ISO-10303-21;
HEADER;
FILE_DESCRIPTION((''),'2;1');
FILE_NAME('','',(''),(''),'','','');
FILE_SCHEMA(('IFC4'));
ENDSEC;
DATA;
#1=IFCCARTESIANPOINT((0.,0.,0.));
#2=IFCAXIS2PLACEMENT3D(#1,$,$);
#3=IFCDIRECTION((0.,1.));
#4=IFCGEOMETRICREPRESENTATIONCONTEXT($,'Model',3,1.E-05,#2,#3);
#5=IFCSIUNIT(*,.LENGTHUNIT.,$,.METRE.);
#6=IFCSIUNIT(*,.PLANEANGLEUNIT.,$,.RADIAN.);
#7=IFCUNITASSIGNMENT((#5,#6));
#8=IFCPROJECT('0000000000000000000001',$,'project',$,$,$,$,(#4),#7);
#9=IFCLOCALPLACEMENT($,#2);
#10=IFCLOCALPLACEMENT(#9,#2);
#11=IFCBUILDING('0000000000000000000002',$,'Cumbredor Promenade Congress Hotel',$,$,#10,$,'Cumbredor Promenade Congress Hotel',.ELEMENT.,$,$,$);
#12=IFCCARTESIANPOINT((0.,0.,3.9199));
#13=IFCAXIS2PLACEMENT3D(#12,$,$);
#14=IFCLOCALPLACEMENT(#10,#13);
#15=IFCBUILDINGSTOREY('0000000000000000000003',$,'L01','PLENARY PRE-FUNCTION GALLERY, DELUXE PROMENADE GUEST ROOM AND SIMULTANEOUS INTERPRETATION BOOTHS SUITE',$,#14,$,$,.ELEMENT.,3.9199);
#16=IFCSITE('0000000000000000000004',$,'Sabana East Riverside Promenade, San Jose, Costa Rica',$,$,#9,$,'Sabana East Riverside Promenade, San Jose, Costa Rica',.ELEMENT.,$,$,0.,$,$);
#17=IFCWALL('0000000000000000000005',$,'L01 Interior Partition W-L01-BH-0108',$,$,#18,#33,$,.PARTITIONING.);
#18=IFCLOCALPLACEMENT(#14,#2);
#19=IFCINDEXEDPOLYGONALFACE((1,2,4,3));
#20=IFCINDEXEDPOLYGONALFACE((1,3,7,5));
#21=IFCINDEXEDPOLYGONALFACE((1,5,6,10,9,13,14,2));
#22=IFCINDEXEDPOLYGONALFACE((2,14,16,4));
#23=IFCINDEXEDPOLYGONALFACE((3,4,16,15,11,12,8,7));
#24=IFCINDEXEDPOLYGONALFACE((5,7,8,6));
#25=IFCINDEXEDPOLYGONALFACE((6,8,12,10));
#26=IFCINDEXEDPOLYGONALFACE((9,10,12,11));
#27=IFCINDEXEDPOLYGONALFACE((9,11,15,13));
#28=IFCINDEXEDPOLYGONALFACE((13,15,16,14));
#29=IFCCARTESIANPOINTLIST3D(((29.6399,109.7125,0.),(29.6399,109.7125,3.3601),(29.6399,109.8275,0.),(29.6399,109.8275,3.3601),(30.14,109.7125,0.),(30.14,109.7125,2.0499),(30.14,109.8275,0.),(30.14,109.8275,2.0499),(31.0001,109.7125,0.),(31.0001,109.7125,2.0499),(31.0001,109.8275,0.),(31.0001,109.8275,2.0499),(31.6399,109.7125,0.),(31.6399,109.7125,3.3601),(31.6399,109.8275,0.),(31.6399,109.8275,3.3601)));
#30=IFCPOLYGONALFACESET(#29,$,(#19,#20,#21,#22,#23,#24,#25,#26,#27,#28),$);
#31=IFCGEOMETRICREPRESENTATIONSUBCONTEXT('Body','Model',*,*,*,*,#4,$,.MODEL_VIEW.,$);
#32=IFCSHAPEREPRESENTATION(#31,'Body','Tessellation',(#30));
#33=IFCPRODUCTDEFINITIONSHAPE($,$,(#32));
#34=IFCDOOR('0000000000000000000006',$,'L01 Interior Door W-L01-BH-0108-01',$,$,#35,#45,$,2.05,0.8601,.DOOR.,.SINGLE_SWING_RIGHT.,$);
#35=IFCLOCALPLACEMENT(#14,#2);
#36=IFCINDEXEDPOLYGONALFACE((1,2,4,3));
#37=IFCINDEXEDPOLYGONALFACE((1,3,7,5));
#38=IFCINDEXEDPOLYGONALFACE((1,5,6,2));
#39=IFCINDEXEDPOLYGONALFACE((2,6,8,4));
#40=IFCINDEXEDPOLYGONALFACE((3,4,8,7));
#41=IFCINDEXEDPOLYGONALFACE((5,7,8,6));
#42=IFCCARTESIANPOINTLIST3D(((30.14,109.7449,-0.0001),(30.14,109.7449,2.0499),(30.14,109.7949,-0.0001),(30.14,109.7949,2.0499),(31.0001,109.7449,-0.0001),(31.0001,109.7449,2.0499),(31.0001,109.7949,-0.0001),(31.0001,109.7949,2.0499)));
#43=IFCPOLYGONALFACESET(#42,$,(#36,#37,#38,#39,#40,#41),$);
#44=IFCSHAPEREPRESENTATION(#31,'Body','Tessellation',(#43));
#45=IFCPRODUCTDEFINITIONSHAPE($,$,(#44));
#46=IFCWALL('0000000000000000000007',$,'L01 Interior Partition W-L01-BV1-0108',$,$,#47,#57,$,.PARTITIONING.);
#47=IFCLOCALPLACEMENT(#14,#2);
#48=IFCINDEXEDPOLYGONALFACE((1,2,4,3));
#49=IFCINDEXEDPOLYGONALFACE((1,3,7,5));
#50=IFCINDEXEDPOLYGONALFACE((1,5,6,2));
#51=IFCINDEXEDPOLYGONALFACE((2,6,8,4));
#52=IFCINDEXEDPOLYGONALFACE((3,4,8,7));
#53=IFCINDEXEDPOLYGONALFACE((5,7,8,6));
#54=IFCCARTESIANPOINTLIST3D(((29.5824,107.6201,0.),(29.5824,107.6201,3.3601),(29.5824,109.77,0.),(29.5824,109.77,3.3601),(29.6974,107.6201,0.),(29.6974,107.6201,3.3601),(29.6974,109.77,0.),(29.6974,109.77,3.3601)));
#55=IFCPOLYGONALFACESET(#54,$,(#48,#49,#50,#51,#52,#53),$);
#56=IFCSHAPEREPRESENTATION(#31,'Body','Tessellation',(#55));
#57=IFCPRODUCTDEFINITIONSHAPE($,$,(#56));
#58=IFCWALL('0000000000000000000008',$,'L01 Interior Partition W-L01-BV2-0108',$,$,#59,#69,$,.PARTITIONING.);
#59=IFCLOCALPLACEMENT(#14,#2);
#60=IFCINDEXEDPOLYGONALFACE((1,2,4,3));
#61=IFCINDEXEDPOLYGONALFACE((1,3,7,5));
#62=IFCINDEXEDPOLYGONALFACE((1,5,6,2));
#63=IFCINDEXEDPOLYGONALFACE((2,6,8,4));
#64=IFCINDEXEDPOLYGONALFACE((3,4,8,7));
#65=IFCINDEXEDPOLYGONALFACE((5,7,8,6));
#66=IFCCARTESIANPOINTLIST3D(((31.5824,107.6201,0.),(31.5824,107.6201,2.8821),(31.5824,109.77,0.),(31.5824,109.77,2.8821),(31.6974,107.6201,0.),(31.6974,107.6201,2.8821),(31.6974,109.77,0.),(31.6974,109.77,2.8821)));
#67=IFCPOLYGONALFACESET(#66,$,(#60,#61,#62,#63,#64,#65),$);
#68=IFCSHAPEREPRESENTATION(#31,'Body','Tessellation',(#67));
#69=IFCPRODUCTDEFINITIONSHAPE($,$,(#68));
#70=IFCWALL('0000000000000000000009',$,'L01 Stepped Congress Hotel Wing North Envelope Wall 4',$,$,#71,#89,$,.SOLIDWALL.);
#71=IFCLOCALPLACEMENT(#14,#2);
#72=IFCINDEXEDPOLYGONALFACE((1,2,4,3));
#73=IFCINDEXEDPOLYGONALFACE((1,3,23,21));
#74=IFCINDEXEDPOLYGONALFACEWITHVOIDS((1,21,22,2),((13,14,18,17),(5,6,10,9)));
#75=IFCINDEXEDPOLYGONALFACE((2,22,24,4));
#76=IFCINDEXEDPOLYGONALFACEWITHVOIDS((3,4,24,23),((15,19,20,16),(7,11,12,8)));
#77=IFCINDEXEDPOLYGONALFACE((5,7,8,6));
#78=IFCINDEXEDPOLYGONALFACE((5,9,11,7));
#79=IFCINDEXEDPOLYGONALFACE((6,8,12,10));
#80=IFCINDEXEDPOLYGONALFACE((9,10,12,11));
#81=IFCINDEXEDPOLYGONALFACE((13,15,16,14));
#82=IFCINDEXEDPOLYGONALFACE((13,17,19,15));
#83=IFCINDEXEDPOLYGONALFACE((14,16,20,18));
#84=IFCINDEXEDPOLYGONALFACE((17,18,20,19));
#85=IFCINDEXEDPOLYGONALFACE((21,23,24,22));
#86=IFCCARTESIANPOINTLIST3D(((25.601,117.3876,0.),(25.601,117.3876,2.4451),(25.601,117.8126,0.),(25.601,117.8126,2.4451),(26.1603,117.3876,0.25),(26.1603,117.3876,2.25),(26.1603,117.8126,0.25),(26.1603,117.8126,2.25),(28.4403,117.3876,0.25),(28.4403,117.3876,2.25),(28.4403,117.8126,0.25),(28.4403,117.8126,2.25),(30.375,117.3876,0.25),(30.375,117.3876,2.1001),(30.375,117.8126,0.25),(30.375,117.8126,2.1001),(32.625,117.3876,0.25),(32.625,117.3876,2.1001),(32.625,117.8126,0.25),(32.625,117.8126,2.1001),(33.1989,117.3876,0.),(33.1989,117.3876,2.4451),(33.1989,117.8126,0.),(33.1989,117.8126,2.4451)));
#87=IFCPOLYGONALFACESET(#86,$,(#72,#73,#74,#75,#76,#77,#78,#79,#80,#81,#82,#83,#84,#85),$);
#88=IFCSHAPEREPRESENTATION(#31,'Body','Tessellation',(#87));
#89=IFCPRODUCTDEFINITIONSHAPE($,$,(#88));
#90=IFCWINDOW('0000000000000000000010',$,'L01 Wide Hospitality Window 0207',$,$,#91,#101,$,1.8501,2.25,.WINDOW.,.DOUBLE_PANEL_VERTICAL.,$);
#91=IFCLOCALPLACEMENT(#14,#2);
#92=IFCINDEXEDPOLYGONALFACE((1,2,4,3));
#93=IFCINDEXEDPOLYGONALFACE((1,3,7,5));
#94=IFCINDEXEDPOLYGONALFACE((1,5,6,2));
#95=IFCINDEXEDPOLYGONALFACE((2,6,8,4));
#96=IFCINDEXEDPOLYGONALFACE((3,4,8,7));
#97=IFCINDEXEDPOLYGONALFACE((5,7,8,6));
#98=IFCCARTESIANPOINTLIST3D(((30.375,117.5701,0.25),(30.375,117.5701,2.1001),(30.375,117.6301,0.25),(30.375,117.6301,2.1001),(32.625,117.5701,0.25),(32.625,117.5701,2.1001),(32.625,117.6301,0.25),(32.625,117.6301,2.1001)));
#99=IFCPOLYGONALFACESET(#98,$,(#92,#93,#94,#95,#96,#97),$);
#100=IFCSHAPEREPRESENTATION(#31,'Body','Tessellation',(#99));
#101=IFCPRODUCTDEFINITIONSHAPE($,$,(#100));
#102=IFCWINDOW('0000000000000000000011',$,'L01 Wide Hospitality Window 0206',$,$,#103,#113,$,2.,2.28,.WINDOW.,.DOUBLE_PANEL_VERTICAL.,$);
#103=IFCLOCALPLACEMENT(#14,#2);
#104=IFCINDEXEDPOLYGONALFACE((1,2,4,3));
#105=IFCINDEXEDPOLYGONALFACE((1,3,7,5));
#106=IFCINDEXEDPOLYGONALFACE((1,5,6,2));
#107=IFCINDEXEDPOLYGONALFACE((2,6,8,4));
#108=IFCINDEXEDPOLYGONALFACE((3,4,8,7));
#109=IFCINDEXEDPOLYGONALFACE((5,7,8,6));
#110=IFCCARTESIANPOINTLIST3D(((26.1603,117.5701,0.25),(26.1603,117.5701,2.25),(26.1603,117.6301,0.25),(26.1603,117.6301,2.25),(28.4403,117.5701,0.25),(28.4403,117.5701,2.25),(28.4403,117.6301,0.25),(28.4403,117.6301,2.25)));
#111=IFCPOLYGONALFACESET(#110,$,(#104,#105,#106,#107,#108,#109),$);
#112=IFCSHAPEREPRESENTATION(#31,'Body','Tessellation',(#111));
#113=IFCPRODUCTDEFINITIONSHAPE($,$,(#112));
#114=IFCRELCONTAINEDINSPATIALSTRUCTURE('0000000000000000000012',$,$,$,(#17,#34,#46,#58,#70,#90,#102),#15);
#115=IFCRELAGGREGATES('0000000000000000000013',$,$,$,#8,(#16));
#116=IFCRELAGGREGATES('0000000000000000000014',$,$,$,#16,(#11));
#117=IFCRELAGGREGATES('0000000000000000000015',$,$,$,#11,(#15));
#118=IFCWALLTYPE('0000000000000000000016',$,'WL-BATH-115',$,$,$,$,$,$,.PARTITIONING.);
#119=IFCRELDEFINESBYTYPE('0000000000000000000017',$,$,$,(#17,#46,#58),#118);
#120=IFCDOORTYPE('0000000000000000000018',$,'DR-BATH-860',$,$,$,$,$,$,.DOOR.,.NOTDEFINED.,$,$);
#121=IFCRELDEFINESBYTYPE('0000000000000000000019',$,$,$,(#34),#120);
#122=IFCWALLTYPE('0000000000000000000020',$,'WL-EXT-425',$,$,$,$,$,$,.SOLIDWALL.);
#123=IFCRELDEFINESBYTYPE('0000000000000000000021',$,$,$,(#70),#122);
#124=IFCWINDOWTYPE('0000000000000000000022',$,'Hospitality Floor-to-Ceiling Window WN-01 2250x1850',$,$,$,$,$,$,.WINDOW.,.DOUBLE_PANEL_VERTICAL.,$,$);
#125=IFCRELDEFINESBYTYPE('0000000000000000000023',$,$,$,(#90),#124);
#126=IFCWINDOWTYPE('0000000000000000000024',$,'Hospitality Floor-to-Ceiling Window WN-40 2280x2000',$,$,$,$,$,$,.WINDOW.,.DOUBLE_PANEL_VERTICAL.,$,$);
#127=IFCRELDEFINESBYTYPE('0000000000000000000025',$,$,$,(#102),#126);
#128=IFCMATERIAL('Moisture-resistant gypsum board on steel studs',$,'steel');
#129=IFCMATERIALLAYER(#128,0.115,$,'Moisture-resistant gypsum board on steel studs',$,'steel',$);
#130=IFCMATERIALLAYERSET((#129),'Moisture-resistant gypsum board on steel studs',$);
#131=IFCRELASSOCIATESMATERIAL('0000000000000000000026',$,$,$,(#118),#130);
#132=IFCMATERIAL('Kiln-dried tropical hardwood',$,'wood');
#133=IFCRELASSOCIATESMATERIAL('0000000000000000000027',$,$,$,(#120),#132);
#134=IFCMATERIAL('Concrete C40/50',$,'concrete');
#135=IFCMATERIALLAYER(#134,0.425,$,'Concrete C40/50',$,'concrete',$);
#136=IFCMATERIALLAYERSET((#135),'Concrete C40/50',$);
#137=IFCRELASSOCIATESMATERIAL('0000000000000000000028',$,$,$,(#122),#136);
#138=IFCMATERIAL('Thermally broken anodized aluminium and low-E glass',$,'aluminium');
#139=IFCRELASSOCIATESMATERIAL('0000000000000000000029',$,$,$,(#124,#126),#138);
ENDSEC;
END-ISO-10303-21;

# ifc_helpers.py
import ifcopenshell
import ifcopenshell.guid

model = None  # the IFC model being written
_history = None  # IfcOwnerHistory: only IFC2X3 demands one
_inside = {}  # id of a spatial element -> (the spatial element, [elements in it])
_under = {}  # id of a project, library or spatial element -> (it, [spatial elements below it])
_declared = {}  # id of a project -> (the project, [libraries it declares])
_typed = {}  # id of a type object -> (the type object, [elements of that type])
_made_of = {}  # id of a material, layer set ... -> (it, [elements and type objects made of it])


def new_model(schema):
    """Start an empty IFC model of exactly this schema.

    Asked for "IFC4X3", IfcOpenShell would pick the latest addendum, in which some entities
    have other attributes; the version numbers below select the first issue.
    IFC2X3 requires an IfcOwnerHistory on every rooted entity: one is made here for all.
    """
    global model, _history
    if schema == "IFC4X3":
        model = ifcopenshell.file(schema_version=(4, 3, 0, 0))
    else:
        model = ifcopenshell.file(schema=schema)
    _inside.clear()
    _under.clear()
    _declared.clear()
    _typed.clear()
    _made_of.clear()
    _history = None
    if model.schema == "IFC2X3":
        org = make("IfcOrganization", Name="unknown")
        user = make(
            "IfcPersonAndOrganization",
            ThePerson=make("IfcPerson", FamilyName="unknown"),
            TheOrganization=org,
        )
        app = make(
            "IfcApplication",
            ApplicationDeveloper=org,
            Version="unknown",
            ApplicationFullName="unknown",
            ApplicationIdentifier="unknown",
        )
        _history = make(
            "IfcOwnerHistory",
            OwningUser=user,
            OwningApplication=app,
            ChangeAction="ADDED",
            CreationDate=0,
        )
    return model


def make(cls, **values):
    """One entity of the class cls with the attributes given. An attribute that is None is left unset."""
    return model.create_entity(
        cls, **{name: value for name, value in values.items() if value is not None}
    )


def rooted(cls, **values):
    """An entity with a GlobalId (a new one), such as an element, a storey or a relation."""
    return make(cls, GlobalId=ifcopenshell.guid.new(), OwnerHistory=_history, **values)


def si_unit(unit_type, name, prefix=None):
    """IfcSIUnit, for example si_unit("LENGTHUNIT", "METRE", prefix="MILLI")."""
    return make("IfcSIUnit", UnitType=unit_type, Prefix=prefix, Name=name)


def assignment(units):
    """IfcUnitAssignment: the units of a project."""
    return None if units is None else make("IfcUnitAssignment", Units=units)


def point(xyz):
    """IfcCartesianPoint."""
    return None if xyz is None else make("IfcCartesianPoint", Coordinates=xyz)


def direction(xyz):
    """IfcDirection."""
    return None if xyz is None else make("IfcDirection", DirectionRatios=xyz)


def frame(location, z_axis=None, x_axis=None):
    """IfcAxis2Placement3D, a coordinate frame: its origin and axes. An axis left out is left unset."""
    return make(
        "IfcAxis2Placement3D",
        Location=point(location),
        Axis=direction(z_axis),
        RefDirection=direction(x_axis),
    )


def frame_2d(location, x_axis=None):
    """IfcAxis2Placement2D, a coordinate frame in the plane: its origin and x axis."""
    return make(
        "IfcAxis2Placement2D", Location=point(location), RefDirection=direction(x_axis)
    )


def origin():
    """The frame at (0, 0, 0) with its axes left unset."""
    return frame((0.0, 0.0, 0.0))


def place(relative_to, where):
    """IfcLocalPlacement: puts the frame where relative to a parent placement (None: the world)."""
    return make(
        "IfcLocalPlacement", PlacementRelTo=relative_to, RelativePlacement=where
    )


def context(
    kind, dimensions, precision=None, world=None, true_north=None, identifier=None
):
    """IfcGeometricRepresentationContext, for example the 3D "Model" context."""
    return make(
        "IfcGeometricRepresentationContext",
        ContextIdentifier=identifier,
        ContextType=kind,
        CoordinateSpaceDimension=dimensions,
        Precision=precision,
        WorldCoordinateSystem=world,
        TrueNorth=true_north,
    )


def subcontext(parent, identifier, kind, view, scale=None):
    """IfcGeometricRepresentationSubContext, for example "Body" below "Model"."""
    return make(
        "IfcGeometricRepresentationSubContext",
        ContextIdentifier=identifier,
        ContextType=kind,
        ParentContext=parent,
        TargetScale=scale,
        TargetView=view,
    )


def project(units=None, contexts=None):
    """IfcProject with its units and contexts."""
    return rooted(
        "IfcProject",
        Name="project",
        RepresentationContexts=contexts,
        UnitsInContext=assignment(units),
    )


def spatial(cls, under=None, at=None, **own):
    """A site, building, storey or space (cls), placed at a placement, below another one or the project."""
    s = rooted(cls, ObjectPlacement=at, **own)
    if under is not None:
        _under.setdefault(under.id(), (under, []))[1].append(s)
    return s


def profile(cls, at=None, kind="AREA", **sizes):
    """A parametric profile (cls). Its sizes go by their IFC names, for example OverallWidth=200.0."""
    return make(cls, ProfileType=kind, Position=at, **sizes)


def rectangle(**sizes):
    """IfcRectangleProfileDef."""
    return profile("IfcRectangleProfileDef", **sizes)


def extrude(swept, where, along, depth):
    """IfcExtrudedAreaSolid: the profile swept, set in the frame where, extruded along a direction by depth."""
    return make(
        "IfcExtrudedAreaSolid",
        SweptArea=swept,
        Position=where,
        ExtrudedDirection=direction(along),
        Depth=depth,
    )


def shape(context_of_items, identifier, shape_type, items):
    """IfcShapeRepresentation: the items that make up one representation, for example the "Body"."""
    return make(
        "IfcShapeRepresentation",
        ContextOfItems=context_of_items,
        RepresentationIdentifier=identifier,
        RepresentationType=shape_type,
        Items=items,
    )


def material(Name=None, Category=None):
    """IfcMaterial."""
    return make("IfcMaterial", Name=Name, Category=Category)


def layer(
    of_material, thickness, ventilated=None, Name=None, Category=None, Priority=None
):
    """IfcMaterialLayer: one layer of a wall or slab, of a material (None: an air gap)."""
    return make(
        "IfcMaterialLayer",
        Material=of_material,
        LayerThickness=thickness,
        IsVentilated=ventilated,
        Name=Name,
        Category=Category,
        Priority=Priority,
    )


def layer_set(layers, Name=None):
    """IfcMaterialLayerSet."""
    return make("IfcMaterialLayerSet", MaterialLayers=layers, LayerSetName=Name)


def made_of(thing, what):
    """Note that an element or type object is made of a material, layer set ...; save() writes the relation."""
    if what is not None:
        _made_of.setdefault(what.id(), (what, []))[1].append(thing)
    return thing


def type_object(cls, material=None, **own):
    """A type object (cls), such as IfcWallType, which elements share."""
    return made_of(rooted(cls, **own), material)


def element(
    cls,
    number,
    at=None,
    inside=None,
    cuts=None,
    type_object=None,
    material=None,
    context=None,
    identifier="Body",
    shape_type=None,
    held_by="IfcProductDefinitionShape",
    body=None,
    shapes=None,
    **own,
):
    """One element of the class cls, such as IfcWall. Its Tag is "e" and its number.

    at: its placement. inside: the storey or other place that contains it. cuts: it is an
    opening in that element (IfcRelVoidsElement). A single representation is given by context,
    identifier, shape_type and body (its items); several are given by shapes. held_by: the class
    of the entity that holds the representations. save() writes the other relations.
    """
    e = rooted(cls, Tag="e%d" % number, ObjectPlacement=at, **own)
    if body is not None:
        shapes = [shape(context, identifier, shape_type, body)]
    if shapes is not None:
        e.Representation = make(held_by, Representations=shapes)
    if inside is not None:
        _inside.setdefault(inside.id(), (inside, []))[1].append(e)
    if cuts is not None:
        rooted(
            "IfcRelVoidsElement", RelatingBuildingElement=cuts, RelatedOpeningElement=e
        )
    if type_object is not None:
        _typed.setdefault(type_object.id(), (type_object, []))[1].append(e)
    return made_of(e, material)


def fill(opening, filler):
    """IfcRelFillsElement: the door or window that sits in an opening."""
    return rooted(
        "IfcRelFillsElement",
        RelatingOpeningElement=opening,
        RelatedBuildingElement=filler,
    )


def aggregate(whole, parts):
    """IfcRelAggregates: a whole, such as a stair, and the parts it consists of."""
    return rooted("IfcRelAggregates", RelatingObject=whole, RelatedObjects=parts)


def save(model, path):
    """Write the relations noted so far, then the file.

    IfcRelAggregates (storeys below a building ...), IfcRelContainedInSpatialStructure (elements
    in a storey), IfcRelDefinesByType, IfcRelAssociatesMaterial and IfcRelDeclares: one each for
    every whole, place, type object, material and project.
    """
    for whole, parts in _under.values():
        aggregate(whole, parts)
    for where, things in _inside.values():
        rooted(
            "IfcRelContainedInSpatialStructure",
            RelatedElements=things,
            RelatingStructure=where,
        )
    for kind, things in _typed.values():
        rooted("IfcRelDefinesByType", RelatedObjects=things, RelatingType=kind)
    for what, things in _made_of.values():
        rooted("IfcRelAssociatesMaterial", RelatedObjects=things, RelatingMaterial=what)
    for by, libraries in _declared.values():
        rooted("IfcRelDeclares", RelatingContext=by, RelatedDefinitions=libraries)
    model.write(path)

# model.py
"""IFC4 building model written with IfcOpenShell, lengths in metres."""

from ifc_helpers import new_model, si_unit, direction, frame, frame_2d, origin, place, context, subcontext, project, spatial, rectangle, extrude, material, layer, layer_set, type_object, element, fill, save


model = new_model("IFC4")

# Units and contexts
model_context = context("Model", 3, precision=1e-05, world=origin(), true_north=direction((0.0, 1.0)))
body_context = subcontext(model_context, "Body", "Model", "MODEL_VIEW")
ifc_project = project(units=[si_unit("LENGTHUNIT", "METRE"), si_unit("PLANEANGLEUNIT", "RADIAN")], contexts=[model_context])

# Site, building, storey
site_placement = place(None, origin())
site = spatial("IfcSite", under=ifc_project, at=site_placement, Name="Sabana East Riverside Promenade, San Jose, Costa Rica", LongName="Sabana East Riverside Promenade, San Jose, Costa Rica", CompositionType="ELEMENT", RefElevation=0.0)
building_placement = place(site_placement, origin())
building = spatial("IfcBuilding", under=site, at=building_placement, Name="Cumbredor Promenade Congress Hotel", LongName="Cumbredor Promenade Congress Hotel", CompositionType="ELEMENT")
storey_placement = place(building_placement, frame((0.0, 0.0, 3.9199)))
storey = spatial("IfcBuildingStorey", under=building, at=storey_placement, Name="L01", Description="PLENARY PRE-FUNCTION GALLERY, DELUXE PROMENADE GUEST ROOM AND SIMULTANEOUS INTERPRETATION BOOTHS SUITE", CompositionType="ELEMENT", Elevation=3.9199)

# Shared definitions
ifc_material_1 = material(Name="Concrete C40/50", Category="concrete")

# Shared definitions
ifc_material_2 = material(Name="Thermally broken anodized aluminium and low-E glass", Category="aluminium")

# Shared definitions
ifc_material_3 = material(Name="Kiln-dried tropical hardwood", Category="wood")

# Shared definitions
ifc_material_4 = material(Name="Moisture-resistant gypsum board on steel studs", Category="steel")
ifc_layer_1 = layer(ifc_material_4, 0.115, Name="Moisture-resistant gypsum board on steel studs", Category="steel")
ifc_layer_set_1 = layer_set([ifc_layer_1], Name="Moisture-resistant gypsum board on steel studs")
wall_type_1 = type_object("IfcWallType", Name="WL-BATH-115", PredefinedType="PARTITIONING", material=ifc_layer_set_1)
door_type = type_object("IfcDoorType", Name="DR-BATH-860", OperationType="NOTDEFINED", PredefinedType="DOOR", material=ifc_material_3)

# Wall, opening, door
wall_1_placement = place(storey_placement, frame((29.6399, 109.77, 0.0), z_axis=(0.0, 0.0, 1.0), x_axis=(1.0, 0.0, 0.0)))
wall_1 = element("IfcWall", 1, at=wall_1_placement, inside=storey, type_object=wall_type_1, Name="L01 Interior Partition W-L01-BH-0108", PredefinedType="PARTITIONING", context=body_context, shape_type="SweptSolid", body=[
    extrude(rectangle(XDim=2.0, YDim=0.115, at=frame_2d((1.0, 0.0))), origin(), (0.0, 0.0, 1.0), 3.3601),
])
opening_1_placement = place(wall_1_placement, frame((0.5, 0.0, 0.0)))
opening_1 = element("IfcOpeningElement", 2, at=opening_1_placement, cuts=wall_1, PredefinedType="OPENING", context=body_context, shape_type="SweptSolid", body=[
    extrude(rectangle(XDim=0.8601, YDim=2.05, at=frame_2d((0.4302, 1.0249))), frame((0.0, 0.0674, 0.0), z_axis=(0.0, -1.0, 0.0), x_axis=(1.0, 0.0, 0.0)), (0.0, 0.0, 1.0), 0.135),
])
door_1_placement = place(opening_1_placement, origin())
door_1 = element("IfcDoor", 3, at=door_1_placement, inside=storey, type_object=door_type, Name="L01 Interior Door W-L01-BH-0108-01", OperationType="SINGLE_SWING_RIGHT", OverallHeight=2.05, OverallWidth=0.8601, PredefinedType="DOOR", context=body_context, shape_type="SweptSolid", body=[
    extrude(rectangle(XDim=0.8601, YDim=2.05, at=frame_2d((0.4302, 1.0249))), frame((0.0, 0.0249, 0.0), z_axis=(0.0, -1.0, 0.0), x_axis=(1.0, 0.0, 0.0)), (0.0, 0.0, 1.0), 0.05),
])
fill(opening_1, door_1)

# Walls
wall_2_placement = place(storey_placement, frame((29.6399, 107.6201, 0.0), z_axis=(0.0, 0.0, 1.0), x_axis=(0.0, 1.0, 0.0)))
element("IfcWall", 4, at=wall_2_placement, inside=storey, type_object=wall_type_1, Name="L01 Interior Partition W-L01-BV1-0108", PredefinedType="PARTITIONING", context=body_context, shape_type="SweptSolid", body=[
    extrude(rectangle(XDim=2.1499, YDim=0.115, at=frame_2d((1.075, 0.0))), origin(), (0.0, 0.0, 1.0), 3.3601),
])
wall_3_placement = place(storey_placement, frame((31.6399, 107.6201, 0.0), z_axis=(0.0, 0.0, 1.0), x_axis=(0.0, 1.0, 0.0)))
element("IfcWall", 5, at=wall_3_placement, inside=storey, type_object=wall_type_1, Name="L01 Interior Partition W-L01-BV2-0108", PredefinedType="PARTITIONING", context=body_context, shape_type="SweptSolid", body=[
    extrude(rectangle(XDim=2.1499, YDim=0.115, at=frame_2d((1.075, 0.0))), origin(), (0.0, 0.0, 1.0), 2.8821),
])

# Wall, openings, windows
ifc_layer_2 = layer(ifc_material_1, 0.425, Name="Concrete C40/50", Category="concrete")
ifc_layer_set_2 = layer_set([ifc_layer_2], Name="Concrete C40/50")
wall_type_2 = type_object("IfcWallType", Name="WL-EXT-425", PredefinedType="SOLIDWALL", material=ifc_layer_set_2)
wall_4_placement = place(storey_placement, frame((25.6011, 117.6001, 0.0), z_axis=(0.0, 0.0, 1.0), x_axis=(1.0, 0.0, 0.0)))
wall_4 = element("IfcWall", 6, at=wall_4_placement, inside=storey, type_object=wall_type_2, Name="L01 Stepped Congress Hotel Wing North Envelope Wall 4", PredefinedType="SOLIDWALL", context=body_context, shape_type="SweptSolid", body=[
    extrude(rectangle(XDim=7.5979, YDim=0.425, at=frame_2d((3.7988, 0.0))), origin(), (0.0, 0.0, 1.0), 2.4451),
])
opening_2_placement = place(wall_4_placement, frame((0.5591, 0.0, 0.25)))
opening_2 = element("IfcOpeningElement", 7, at=opening_2_placement, cuts=wall_4, PredefinedType="OPENING", context=body_context, shape_type="SweptSolid", body=[
    extrude(rectangle(XDim=2.28, YDim=2.0, at=frame_2d((1.1401, 1.0))), frame((0.0, 0.2227, 0.0), z_axis=(0.0, -1.0, 0.0), x_axis=(1.0, 0.0, 0.0)), (0.0, 0.0, 1.0), 0.4451),
])
opening_3_placement = place(wall_4_placement, frame((4.7739, 0.0, 0.25)))
opening_3 = element("IfcOpeningElement", 8, at=opening_3_placement, cuts=wall_4, PredefinedType="OPENING", context=body_context, shape_type="SweptSolid", body=[
    extrude(rectangle(XDim=2.25, YDim=1.8501, at=frame_2d((1.125, 0.925))), frame((0.0, 0.2227, 0.0), z_axis=(0.0, -1.0, 0.0), x_axis=(1.0, 0.0, 0.0)), (0.0, 0.0, 1.0), 0.4451),
])
window_type_1 = type_object("IfcWindowType", Name="Hospitality Floor-to-Ceiling Window WN-01 2250x1850", PartitioningType="DOUBLE_PANEL_VERTICAL", PredefinedType="WINDOW", material=ifc_material_2)
window_1_placement = place(opening_3_placement, origin())
window_1 = element("IfcWindow", 9, at=window_1_placement, inside=storey, type_object=window_type_1, Name="L01 Wide Hospitality Window 0207", OverallHeight=1.8501, OverallWidth=2.25, PartitioningType="DOUBLE_PANEL_VERTICAL", PredefinedType="WINDOW", context=body_context, shape_type="SweptSolid", body=[
    extrude(rectangle(XDim=2.25, YDim=1.8501, at=frame_2d((1.125, 0.925))), frame((0.0, 0.03, 0.0), z_axis=(0.0, -1.0, 0.0), x_axis=(1.0, 0.0, 0.0)), (0.0, 0.0, 1.0), 0.0601),
])
fill(opening_3, window_1)
window_type_2 = type_object("IfcWindowType", Name="Hospitality Floor-to-Ceiling Window WN-40 2280x2000", PartitioningType="DOUBLE_PANEL_VERTICAL", PredefinedType="WINDOW", material=ifc_material_2)
window_2_placement = place(opening_2_placement, origin())
window_2 = element("IfcWindow", 10, at=window_2_placement, inside=storey, type_object=window_type_2, Name="L01 Wide Hospitality Window 0206", OverallHeight=2.0, OverallWidth=2.28, PartitioningType="DOUBLE_PANEL_VERTICAL", PredefinedType="WINDOW", context=body_context, shape_type="SweptSolid", body=[
    extrude(rectangle(XDim=2.28, YDim=2.0, at=frame_2d((1.1401, 1.0))), frame((0.0, 0.03, 0.0), z_axis=(0.0, -1.0, 0.0), x_axis=(1.0, 0.0, 0.0)), (0.0, 0.0, 1.0), 0.0601),
])
fill(opening_2, window_2)

save(model, "model.ifc")
